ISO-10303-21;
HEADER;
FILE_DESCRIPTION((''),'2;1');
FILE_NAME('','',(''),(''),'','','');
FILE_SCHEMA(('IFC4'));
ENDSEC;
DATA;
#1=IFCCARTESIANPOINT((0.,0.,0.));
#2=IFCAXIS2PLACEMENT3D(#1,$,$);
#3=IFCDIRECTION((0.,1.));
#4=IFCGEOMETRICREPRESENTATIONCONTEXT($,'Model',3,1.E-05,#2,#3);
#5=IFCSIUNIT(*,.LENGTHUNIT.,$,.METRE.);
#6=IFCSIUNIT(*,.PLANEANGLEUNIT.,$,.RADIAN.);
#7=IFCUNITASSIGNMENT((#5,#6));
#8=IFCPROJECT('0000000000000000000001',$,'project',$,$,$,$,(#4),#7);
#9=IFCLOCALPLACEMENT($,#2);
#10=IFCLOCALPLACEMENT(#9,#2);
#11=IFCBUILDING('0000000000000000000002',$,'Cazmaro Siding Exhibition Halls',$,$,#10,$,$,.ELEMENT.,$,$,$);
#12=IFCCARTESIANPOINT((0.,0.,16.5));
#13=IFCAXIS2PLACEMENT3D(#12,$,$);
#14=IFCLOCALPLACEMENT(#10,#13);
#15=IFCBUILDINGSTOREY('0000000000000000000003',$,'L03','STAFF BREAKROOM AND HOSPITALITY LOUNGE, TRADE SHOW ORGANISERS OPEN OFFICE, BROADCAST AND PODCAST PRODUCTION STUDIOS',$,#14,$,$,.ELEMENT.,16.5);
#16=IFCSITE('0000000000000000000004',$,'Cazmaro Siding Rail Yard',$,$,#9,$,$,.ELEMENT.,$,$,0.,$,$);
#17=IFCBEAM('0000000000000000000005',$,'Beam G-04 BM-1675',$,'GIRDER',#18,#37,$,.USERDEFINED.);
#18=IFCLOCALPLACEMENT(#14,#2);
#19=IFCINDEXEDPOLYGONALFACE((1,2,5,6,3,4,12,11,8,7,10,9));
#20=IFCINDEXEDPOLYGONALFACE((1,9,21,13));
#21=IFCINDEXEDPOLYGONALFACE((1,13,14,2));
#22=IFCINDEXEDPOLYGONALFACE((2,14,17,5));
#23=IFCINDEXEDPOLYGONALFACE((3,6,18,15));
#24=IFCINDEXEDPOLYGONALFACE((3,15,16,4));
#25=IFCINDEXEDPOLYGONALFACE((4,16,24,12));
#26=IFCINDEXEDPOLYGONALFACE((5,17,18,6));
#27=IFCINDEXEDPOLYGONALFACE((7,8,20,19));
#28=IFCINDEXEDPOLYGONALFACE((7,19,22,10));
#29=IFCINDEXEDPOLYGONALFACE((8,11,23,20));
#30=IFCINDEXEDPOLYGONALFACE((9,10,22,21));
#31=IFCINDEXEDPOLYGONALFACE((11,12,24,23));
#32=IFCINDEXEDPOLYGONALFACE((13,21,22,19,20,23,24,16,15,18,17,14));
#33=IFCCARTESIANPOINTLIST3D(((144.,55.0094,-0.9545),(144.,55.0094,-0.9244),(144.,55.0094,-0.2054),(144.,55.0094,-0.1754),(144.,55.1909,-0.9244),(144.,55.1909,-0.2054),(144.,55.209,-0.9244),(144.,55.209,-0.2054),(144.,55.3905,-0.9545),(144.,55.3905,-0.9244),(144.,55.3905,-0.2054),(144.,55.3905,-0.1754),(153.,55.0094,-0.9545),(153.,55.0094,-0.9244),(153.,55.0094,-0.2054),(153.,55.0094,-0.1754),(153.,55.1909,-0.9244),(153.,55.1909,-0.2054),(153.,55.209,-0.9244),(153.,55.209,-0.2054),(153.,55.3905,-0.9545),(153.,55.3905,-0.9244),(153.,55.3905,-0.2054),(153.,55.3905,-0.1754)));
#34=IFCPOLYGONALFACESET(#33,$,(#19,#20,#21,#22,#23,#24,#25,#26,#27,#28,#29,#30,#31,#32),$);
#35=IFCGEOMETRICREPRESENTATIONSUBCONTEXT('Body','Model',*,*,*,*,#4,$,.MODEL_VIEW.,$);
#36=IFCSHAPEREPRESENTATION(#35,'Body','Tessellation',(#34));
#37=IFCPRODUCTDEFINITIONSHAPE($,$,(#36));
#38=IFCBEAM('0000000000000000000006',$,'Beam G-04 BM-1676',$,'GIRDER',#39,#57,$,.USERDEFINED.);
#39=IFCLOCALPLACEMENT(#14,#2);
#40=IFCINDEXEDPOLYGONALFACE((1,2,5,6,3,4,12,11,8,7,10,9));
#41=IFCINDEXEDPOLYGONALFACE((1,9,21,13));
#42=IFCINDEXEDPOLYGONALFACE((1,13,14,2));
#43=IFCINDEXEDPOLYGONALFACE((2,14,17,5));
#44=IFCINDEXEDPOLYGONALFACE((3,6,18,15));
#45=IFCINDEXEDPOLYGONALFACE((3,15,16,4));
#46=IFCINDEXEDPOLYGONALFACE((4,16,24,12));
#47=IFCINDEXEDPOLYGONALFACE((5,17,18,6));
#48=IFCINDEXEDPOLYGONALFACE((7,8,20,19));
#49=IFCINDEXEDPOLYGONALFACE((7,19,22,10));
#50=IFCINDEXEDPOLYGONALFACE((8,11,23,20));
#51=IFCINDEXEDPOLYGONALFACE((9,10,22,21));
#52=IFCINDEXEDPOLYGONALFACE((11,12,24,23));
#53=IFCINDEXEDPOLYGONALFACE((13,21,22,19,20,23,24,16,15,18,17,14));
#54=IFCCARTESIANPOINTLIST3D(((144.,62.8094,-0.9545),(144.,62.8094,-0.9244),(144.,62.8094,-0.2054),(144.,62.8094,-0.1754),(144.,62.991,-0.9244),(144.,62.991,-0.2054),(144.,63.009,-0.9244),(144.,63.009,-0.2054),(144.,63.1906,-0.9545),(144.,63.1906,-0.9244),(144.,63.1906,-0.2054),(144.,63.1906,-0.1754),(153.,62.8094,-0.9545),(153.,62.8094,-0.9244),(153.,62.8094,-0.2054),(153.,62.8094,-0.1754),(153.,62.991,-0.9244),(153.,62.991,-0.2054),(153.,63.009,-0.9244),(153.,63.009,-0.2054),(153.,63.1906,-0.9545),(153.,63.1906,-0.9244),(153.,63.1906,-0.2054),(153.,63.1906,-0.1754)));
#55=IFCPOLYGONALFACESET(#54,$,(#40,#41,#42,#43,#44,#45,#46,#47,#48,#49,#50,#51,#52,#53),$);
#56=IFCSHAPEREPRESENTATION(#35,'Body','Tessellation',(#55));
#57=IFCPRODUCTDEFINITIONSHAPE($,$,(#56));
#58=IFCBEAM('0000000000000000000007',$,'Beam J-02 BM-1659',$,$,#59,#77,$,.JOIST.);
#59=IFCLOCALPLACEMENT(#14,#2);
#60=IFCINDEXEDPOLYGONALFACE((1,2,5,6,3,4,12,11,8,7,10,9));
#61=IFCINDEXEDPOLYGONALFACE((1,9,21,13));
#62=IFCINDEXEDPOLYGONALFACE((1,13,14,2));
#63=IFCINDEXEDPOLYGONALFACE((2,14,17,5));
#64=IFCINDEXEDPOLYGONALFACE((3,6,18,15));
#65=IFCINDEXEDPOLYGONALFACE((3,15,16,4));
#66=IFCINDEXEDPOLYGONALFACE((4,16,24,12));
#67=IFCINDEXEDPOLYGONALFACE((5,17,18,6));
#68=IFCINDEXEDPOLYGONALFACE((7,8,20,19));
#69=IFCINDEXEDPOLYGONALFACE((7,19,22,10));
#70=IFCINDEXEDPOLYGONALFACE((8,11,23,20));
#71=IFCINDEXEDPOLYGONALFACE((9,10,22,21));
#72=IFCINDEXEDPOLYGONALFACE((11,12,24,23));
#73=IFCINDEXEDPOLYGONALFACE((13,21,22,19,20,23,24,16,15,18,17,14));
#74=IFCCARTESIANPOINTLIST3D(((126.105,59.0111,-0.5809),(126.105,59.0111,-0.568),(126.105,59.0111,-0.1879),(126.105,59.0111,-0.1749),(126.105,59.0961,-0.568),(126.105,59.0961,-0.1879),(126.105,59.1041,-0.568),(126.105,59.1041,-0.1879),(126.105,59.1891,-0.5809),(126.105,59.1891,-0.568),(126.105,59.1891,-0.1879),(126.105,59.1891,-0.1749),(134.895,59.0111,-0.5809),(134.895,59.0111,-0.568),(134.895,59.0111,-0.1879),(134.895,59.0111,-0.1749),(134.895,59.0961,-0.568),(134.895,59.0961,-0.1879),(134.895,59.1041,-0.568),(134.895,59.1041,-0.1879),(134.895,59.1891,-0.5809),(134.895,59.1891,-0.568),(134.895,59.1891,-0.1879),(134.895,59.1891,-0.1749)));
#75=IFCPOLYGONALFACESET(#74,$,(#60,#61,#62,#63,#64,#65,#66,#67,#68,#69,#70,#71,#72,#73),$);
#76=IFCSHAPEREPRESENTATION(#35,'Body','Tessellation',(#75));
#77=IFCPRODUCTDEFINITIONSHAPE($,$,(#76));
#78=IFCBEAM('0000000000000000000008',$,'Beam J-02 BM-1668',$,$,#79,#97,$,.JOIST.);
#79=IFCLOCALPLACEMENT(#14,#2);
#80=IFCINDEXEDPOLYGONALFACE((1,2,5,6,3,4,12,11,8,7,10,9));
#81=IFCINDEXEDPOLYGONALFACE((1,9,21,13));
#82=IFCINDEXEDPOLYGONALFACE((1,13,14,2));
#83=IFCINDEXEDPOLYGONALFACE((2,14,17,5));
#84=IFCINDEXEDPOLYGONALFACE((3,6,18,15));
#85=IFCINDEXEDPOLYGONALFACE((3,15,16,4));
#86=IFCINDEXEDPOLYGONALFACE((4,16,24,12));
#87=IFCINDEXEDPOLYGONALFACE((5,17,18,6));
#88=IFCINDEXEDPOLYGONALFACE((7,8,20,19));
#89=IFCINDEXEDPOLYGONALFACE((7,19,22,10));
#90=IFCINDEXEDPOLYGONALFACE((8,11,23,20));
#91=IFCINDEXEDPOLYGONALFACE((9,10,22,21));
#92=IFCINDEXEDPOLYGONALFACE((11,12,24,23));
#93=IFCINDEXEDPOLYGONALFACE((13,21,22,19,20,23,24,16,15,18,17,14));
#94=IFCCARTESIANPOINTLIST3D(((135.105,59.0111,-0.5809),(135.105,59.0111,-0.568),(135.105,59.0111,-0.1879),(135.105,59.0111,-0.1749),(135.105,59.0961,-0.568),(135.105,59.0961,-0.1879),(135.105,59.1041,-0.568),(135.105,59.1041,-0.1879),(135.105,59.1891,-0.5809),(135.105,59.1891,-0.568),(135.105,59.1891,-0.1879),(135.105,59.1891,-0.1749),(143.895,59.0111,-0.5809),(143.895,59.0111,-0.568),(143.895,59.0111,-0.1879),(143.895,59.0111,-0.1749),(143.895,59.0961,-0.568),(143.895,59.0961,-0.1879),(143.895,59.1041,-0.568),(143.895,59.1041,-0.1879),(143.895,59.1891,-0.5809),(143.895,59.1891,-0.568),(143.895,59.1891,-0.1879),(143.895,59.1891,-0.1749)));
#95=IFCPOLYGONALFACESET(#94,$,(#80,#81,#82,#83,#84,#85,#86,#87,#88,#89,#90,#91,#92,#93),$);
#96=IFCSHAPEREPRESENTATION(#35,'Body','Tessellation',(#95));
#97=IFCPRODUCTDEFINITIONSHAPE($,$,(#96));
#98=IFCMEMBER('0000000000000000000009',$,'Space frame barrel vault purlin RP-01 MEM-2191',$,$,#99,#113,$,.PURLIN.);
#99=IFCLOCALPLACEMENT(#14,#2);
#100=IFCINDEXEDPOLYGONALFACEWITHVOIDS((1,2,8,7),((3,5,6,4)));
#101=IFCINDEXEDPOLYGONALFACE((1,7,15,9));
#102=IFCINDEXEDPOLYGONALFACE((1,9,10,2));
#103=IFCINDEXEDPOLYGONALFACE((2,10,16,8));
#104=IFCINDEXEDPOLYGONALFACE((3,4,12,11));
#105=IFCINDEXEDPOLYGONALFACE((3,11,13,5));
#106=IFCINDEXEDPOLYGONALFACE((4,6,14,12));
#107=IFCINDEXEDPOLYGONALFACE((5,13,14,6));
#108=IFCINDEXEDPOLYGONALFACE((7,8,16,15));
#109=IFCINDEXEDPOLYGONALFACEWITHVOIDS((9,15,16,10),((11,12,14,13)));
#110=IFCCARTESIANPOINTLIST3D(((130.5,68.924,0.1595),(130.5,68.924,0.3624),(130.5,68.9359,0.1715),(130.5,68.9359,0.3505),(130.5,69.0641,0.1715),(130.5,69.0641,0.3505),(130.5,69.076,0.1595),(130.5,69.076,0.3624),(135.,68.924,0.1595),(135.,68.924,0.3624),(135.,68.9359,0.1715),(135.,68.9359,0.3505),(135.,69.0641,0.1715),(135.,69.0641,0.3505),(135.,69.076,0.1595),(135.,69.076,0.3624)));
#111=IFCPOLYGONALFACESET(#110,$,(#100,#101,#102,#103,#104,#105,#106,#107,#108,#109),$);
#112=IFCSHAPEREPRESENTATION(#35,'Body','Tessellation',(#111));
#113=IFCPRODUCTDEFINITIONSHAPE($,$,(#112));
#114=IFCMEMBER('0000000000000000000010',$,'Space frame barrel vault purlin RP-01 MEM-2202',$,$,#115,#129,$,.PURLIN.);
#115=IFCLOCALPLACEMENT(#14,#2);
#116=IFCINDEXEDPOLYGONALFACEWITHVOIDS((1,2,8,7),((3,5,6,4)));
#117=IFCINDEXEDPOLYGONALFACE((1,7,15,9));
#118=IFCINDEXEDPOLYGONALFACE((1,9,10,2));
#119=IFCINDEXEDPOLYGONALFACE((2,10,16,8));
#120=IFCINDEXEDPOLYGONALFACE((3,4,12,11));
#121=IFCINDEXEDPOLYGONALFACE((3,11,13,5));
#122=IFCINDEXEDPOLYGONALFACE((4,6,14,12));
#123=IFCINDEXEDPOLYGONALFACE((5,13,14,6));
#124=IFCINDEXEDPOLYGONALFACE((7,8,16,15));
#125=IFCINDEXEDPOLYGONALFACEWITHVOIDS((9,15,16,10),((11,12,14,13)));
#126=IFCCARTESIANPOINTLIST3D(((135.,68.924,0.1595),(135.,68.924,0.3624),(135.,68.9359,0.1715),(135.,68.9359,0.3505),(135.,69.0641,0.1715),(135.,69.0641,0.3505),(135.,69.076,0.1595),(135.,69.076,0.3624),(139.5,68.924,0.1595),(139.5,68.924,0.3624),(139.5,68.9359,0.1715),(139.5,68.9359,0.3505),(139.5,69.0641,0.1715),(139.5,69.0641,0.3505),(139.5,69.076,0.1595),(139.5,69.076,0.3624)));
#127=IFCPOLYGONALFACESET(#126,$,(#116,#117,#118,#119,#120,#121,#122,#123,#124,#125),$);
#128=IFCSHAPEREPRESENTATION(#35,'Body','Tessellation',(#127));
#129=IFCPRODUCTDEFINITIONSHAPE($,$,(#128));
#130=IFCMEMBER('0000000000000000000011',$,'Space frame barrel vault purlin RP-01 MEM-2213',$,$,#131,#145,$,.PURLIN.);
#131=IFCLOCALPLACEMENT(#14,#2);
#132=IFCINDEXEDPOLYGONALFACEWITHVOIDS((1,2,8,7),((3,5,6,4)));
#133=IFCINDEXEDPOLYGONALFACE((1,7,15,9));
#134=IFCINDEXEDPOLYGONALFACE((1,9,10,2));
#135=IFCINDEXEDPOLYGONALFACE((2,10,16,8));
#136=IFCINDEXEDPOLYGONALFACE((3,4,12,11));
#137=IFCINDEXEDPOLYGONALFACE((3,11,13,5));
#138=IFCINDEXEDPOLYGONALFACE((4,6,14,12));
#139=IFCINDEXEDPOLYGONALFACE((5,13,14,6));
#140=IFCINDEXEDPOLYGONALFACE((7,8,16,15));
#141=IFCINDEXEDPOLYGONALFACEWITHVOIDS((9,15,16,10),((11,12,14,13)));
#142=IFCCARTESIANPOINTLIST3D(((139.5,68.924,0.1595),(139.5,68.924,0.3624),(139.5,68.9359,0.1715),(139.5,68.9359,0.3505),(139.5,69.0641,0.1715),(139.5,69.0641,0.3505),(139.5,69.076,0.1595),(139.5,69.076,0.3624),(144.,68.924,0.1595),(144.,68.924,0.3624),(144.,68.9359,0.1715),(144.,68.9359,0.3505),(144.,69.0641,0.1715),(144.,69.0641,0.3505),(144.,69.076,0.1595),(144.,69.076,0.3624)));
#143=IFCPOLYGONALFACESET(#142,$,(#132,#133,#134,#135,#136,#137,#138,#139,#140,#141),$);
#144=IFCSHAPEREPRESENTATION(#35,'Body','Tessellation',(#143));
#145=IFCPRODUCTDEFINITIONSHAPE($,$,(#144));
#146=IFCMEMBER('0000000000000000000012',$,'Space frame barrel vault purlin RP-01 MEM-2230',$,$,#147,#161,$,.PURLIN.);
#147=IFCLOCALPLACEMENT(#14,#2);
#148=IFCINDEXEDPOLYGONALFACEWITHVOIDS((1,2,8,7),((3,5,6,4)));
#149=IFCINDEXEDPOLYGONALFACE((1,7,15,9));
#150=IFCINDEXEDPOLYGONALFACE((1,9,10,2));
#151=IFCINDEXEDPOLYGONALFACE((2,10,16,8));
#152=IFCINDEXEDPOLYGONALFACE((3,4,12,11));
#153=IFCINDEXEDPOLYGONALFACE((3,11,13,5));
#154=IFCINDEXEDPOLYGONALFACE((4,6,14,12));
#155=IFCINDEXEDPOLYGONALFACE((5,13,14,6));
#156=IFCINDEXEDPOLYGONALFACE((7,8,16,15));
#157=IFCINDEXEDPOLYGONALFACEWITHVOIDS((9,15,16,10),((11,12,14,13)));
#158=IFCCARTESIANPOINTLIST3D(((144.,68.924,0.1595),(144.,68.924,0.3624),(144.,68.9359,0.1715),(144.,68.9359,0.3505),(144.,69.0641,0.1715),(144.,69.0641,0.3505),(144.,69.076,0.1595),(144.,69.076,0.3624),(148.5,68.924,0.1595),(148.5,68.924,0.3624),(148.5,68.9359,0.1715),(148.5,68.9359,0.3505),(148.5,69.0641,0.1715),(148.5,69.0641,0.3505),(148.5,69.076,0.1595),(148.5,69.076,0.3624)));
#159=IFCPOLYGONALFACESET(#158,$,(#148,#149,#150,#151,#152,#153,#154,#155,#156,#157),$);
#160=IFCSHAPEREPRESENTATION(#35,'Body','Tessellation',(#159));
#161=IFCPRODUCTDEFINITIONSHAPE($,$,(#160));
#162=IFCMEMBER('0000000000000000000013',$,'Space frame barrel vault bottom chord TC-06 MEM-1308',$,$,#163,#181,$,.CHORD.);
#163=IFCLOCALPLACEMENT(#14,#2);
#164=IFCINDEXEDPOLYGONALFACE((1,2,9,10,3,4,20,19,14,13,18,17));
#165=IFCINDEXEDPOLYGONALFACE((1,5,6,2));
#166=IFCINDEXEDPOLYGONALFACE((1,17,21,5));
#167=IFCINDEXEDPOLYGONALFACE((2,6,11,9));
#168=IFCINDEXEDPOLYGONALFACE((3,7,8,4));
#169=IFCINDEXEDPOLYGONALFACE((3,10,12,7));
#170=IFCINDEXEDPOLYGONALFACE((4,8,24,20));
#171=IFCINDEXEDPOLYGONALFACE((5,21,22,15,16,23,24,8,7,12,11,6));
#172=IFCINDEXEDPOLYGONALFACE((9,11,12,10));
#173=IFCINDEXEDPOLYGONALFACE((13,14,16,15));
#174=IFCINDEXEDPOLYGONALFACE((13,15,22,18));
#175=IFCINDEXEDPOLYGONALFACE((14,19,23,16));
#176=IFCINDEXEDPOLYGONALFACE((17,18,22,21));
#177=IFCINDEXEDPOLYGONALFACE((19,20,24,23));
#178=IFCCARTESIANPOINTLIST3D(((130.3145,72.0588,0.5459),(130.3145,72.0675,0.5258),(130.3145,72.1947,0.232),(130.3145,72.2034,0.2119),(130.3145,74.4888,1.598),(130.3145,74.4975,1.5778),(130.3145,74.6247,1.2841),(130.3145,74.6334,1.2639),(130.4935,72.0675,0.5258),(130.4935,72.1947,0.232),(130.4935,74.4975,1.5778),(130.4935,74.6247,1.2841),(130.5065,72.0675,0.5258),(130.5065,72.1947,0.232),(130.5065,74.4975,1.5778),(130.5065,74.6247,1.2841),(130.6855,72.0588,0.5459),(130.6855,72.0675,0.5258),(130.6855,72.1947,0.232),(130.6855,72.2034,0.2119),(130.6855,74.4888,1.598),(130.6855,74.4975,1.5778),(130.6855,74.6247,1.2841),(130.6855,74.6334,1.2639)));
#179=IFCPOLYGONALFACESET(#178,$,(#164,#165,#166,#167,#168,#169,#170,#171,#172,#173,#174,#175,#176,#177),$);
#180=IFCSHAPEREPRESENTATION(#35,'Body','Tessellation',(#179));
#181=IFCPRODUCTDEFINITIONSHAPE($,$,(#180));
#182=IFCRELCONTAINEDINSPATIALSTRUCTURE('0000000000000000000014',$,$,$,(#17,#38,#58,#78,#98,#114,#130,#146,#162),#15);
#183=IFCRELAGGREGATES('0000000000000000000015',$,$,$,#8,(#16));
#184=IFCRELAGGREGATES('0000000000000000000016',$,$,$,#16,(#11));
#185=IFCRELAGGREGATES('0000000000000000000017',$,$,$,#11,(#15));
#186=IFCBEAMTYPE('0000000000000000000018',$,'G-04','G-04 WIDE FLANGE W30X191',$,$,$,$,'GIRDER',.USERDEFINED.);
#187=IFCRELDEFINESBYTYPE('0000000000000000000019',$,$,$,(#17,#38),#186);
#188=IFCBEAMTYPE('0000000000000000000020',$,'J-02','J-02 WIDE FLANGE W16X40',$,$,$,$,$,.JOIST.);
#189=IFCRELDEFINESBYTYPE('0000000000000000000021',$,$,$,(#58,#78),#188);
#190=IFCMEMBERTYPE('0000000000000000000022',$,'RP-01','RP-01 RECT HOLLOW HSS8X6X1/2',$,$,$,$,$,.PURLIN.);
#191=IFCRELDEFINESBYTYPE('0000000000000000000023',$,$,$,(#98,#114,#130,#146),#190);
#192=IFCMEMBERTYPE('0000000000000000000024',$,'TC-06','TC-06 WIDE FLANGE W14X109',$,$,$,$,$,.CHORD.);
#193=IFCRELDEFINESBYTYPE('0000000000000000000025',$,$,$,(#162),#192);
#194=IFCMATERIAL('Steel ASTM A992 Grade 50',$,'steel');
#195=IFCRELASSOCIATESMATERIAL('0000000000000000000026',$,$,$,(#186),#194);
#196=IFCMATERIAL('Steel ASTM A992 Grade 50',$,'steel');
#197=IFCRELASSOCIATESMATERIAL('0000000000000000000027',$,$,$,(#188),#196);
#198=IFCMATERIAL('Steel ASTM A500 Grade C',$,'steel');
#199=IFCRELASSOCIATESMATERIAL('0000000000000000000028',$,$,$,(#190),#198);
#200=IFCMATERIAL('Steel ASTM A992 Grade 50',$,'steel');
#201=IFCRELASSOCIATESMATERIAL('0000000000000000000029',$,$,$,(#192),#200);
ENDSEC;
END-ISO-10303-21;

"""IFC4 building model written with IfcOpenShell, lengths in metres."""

from ifc_helpers import new_model, si_unit, direction, frame, origin, origin_2d, place, context, subcontext, project, spatial, hollow_rectangle, i_section, extrude, material, material_profile, profile_set, type_object, element, save


model = new_model("IFC4")

# Units and contexts
model_context = context("Model", 3, precision=1e-05, world=origin(), true_north=direction((0.0, 1.0)))
body_context = subcontext(model_context, "Body", "Model", "MODEL_VIEW")
ifc_project = project(units=[si_unit("LENGTHUNIT", "METRE"), si_unit("PLANEANGLEUNIT", "RADIAN")], contexts=[model_context])

# Site, building, storey
site_placement = place(None, origin())
site = spatial("IfcSite", under=ifc_project, at=site_placement, Name="Cazmaro Siding Rail Yard", CompositionType="ELEMENT", RefElevation=0.0)
building_placement = place(site_placement, origin())
building = spatial("IfcBuilding", under=site, at=building_placement, Name="Cazmaro Siding Exhibition Halls", CompositionType="ELEMENT")
storey_placement = place(building_placement, frame((0.0, 0.0, 16.5)))
storey = spatial("IfcBuildingStorey", under=building, at=storey_placement, Name="L03", Description="STAFF BREAKROOM AND HOSPITALITY LOUNGE, TRADE SHOW ORGANISERS OPEN OFFICE, BROADCAST AND PODCAST PRODUCTION STUDIOS", CompositionType="ELEMENT", Elevation=16.5)

# Beams
ifc_material_1 = material(Name="Steel ASTM A992 Grade 50", Category="steel")
ifc_material_profile_1 = material_profile(ifc_material_1, i_section(OverallWidth=0.3811, OverallDepth=0.7791, WebThickness=0.0181, FlangeThickness=0.03, at=origin_2d()), Name="W30X191")
ifc_profile_set_1 = profile_set([ifc_material_profile_1], Name="Steel ASTM A992 Grade 50")
beam_type_1 = type_object("IfcBeamType", Name="G-04", Description="G-04 WIDE FLANGE W30X191", ElementType="GIRDER", PredefinedType="USERDEFINED", material=ifc_profile_set_1)
for number, where, z_axis, x_axis, name in (
    (1, (144.0, 55.2, -0.5649), (1.0, 0.0, 0.0), (0.0, 1.0, 0.0), "Beam G-04 BM-1675"),
    (2, (144.0, 63.0, -0.5649), (1.0, 0.0, 0.0), (0.0, 1.0, 0.0), "Beam G-04 BM-1676"),
):
    element("IfcBeam", number, at=place(storey_placement, frame(where, z_axis=z_axis, x_axis=x_axis)), inside=storey, type_object=beam_type_1, Name=name, ObjectType="GIRDER", PredefinedType="USERDEFINED", context=body_context, shape_type="SweptSolid", body=[
        extrude(i_section(OverallWidth=0.3811, OverallDepth=0.7791, WebThickness=0.0181, FlangeThickness=0.03, at=origin_2d()), origin(), (0.0, 0.0, 1.0), 9.0),
    ])
ifc_material_2 = material(Name="Steel ASTM A992 Grade 50", Category="steel")
ifc_material_profile_2 = material_profile(ifc_material_2, i_section(OverallWidth=0.178, OverallDepth=0.406, WebThickness=0.0081, FlangeThickness=0.0129, at=origin_2d()), Name="W16X40")
ifc_profile_set_2 = profile_set([ifc_material_profile_2], Name="Steel ASTM A992 Grade 50")
beam_type_2 = type_object("IfcBeamType", Name="J-02", Description="J-02 WIDE FLANGE W16X40", PredefinedType="JOIST", material=ifc_profile_set_2)
for number, where, z_axis, x_axis, name in (
    (3, (126.105, 59.1001, -0.3779), (1.0, 0.0, 0.0), (0.0, 1.0, 0.0), "Beam J-02 BM-1659"),
    (4, (135.105, 59.1001, -0.3779), (1.0, 0.0, 0.0), (0.0, 1.0, 0.0), "Beam J-02 BM-1668"),
):
    element("IfcBeam", number, at=place(storey_placement, frame(where, z_axis=z_axis, x_axis=x_axis)), inside=storey, type_object=beam_type_2, Name=name, PredefinedType="JOIST", context=body_context, shape_type="SweptSolid", body=[
        extrude(i_section(OverallWidth=0.178, OverallDepth=0.406, WebThickness=0.0081, FlangeThickness=0.0129, at=origin_2d()), origin(), (0.0, 0.0, 1.0), 8.79),
    ])

# Members
ifc_material_3 = material(Name="Steel ASTM A500 Grade C", Category="steel")
ifc_material_profile_3 = material_profile(ifc_material_3, hollow_rectangle(XDim=0.1521, YDim=0.2029, WallThickness=0.012, at=origin_2d()), Name="HSS8X6X1/2")
ifc_profile_set_3 = profile_set([ifc_material_profile_3], Name="Steel ASTM A500 Grade C")
member_type_1 = type_object("IfcMemberType", Name="RP-01", Description="RP-01 RECT HOLLOW HSS8X6X1/2", PredefinedType="PURLIN", material=ifc_profile_set_3)
for number, where, z_axis, x_axis, name in (
    (5, (130.5, 69.0, 0.261), (1.0, 0.0, 0.0), (0.0, 1.0, 0.0), "Space frame barrel vault purlin RP-01 MEM-2191"),
    (6, (135.0, 69.0, 0.261), (1.0, 0.0, 0.0), (0.0, 1.0, 0.0), "Space frame barrel vault purlin RP-01 MEM-2202"),
    (7, (139.5, 69.0, 0.261), (1.0, 0.0, 0.0), (0.0, 1.0, 0.0), "Space frame barrel vault purlin RP-01 MEM-2213"),
    (8, (144.0, 69.0, 0.261), (1.0, 0.0, 0.0), (0.0, 1.0, 0.0), "Space frame barrel vault purlin RP-01 MEM-2230"),
):
    element("IfcMember", number, at=place(storey_placement, frame(where, z_axis=z_axis, x_axis=x_axis)), inside=storey, type_object=member_type_1, Name=name, PredefinedType="PURLIN", context=body_context, shape_type="SweptSolid", body=[
        extrude(hollow_rectangle(XDim=0.1521, YDim=0.2029, WallThickness=0.012, at=origin_2d()), origin(), (0.0, 0.0, 1.0), 4.5),
    ])
ifc_material_4 = material(Name="Steel ASTM A992 Grade 50", Category="steel")
ifc_material_profile_4 = material_profile(ifc_material_4, i_section(OverallWidth=0.3711, OverallDepth=0.364, WebThickness=0.0129, FlangeThickness=0.022, at=origin_2d()), Name="W14X109")
ifc_profile_set_4 = profile_set([ifc_material_profile_4], Name="Steel ASTM A992 Grade 50")
member_type_2 = type_object("IfcMemberType", Name="TC-06", Description="TC-06 WIDE FLANGE W14X109", PredefinedType="CHORD", material=ifc_profile_set_4)
member_1_placement = place(storey_placement, frame((130.5, 72.1311, 0.3789), z_axis=(0.0, 0.917689, 0.397299), x_axis=(-1.0, 0.0, 0.0)))
element("IfcMember", 9, at=member_1_placement, inside=storey, type_object=member_type_2, Name="Space frame barrel vault bottom chord TC-06 MEM-1308", PredefinedType="CHORD", context=body_context, shape_type="SweptSolid", body=[
    extrude(i_section(OverallWidth=0.3711, OverallDepth=0.364, WebThickness=0.0129, FlangeThickness=0.022, at=origin_2d()), origin(), (0.0, 0.0, 1.0), 2.6479),
])

save(model, "model.ifc")
